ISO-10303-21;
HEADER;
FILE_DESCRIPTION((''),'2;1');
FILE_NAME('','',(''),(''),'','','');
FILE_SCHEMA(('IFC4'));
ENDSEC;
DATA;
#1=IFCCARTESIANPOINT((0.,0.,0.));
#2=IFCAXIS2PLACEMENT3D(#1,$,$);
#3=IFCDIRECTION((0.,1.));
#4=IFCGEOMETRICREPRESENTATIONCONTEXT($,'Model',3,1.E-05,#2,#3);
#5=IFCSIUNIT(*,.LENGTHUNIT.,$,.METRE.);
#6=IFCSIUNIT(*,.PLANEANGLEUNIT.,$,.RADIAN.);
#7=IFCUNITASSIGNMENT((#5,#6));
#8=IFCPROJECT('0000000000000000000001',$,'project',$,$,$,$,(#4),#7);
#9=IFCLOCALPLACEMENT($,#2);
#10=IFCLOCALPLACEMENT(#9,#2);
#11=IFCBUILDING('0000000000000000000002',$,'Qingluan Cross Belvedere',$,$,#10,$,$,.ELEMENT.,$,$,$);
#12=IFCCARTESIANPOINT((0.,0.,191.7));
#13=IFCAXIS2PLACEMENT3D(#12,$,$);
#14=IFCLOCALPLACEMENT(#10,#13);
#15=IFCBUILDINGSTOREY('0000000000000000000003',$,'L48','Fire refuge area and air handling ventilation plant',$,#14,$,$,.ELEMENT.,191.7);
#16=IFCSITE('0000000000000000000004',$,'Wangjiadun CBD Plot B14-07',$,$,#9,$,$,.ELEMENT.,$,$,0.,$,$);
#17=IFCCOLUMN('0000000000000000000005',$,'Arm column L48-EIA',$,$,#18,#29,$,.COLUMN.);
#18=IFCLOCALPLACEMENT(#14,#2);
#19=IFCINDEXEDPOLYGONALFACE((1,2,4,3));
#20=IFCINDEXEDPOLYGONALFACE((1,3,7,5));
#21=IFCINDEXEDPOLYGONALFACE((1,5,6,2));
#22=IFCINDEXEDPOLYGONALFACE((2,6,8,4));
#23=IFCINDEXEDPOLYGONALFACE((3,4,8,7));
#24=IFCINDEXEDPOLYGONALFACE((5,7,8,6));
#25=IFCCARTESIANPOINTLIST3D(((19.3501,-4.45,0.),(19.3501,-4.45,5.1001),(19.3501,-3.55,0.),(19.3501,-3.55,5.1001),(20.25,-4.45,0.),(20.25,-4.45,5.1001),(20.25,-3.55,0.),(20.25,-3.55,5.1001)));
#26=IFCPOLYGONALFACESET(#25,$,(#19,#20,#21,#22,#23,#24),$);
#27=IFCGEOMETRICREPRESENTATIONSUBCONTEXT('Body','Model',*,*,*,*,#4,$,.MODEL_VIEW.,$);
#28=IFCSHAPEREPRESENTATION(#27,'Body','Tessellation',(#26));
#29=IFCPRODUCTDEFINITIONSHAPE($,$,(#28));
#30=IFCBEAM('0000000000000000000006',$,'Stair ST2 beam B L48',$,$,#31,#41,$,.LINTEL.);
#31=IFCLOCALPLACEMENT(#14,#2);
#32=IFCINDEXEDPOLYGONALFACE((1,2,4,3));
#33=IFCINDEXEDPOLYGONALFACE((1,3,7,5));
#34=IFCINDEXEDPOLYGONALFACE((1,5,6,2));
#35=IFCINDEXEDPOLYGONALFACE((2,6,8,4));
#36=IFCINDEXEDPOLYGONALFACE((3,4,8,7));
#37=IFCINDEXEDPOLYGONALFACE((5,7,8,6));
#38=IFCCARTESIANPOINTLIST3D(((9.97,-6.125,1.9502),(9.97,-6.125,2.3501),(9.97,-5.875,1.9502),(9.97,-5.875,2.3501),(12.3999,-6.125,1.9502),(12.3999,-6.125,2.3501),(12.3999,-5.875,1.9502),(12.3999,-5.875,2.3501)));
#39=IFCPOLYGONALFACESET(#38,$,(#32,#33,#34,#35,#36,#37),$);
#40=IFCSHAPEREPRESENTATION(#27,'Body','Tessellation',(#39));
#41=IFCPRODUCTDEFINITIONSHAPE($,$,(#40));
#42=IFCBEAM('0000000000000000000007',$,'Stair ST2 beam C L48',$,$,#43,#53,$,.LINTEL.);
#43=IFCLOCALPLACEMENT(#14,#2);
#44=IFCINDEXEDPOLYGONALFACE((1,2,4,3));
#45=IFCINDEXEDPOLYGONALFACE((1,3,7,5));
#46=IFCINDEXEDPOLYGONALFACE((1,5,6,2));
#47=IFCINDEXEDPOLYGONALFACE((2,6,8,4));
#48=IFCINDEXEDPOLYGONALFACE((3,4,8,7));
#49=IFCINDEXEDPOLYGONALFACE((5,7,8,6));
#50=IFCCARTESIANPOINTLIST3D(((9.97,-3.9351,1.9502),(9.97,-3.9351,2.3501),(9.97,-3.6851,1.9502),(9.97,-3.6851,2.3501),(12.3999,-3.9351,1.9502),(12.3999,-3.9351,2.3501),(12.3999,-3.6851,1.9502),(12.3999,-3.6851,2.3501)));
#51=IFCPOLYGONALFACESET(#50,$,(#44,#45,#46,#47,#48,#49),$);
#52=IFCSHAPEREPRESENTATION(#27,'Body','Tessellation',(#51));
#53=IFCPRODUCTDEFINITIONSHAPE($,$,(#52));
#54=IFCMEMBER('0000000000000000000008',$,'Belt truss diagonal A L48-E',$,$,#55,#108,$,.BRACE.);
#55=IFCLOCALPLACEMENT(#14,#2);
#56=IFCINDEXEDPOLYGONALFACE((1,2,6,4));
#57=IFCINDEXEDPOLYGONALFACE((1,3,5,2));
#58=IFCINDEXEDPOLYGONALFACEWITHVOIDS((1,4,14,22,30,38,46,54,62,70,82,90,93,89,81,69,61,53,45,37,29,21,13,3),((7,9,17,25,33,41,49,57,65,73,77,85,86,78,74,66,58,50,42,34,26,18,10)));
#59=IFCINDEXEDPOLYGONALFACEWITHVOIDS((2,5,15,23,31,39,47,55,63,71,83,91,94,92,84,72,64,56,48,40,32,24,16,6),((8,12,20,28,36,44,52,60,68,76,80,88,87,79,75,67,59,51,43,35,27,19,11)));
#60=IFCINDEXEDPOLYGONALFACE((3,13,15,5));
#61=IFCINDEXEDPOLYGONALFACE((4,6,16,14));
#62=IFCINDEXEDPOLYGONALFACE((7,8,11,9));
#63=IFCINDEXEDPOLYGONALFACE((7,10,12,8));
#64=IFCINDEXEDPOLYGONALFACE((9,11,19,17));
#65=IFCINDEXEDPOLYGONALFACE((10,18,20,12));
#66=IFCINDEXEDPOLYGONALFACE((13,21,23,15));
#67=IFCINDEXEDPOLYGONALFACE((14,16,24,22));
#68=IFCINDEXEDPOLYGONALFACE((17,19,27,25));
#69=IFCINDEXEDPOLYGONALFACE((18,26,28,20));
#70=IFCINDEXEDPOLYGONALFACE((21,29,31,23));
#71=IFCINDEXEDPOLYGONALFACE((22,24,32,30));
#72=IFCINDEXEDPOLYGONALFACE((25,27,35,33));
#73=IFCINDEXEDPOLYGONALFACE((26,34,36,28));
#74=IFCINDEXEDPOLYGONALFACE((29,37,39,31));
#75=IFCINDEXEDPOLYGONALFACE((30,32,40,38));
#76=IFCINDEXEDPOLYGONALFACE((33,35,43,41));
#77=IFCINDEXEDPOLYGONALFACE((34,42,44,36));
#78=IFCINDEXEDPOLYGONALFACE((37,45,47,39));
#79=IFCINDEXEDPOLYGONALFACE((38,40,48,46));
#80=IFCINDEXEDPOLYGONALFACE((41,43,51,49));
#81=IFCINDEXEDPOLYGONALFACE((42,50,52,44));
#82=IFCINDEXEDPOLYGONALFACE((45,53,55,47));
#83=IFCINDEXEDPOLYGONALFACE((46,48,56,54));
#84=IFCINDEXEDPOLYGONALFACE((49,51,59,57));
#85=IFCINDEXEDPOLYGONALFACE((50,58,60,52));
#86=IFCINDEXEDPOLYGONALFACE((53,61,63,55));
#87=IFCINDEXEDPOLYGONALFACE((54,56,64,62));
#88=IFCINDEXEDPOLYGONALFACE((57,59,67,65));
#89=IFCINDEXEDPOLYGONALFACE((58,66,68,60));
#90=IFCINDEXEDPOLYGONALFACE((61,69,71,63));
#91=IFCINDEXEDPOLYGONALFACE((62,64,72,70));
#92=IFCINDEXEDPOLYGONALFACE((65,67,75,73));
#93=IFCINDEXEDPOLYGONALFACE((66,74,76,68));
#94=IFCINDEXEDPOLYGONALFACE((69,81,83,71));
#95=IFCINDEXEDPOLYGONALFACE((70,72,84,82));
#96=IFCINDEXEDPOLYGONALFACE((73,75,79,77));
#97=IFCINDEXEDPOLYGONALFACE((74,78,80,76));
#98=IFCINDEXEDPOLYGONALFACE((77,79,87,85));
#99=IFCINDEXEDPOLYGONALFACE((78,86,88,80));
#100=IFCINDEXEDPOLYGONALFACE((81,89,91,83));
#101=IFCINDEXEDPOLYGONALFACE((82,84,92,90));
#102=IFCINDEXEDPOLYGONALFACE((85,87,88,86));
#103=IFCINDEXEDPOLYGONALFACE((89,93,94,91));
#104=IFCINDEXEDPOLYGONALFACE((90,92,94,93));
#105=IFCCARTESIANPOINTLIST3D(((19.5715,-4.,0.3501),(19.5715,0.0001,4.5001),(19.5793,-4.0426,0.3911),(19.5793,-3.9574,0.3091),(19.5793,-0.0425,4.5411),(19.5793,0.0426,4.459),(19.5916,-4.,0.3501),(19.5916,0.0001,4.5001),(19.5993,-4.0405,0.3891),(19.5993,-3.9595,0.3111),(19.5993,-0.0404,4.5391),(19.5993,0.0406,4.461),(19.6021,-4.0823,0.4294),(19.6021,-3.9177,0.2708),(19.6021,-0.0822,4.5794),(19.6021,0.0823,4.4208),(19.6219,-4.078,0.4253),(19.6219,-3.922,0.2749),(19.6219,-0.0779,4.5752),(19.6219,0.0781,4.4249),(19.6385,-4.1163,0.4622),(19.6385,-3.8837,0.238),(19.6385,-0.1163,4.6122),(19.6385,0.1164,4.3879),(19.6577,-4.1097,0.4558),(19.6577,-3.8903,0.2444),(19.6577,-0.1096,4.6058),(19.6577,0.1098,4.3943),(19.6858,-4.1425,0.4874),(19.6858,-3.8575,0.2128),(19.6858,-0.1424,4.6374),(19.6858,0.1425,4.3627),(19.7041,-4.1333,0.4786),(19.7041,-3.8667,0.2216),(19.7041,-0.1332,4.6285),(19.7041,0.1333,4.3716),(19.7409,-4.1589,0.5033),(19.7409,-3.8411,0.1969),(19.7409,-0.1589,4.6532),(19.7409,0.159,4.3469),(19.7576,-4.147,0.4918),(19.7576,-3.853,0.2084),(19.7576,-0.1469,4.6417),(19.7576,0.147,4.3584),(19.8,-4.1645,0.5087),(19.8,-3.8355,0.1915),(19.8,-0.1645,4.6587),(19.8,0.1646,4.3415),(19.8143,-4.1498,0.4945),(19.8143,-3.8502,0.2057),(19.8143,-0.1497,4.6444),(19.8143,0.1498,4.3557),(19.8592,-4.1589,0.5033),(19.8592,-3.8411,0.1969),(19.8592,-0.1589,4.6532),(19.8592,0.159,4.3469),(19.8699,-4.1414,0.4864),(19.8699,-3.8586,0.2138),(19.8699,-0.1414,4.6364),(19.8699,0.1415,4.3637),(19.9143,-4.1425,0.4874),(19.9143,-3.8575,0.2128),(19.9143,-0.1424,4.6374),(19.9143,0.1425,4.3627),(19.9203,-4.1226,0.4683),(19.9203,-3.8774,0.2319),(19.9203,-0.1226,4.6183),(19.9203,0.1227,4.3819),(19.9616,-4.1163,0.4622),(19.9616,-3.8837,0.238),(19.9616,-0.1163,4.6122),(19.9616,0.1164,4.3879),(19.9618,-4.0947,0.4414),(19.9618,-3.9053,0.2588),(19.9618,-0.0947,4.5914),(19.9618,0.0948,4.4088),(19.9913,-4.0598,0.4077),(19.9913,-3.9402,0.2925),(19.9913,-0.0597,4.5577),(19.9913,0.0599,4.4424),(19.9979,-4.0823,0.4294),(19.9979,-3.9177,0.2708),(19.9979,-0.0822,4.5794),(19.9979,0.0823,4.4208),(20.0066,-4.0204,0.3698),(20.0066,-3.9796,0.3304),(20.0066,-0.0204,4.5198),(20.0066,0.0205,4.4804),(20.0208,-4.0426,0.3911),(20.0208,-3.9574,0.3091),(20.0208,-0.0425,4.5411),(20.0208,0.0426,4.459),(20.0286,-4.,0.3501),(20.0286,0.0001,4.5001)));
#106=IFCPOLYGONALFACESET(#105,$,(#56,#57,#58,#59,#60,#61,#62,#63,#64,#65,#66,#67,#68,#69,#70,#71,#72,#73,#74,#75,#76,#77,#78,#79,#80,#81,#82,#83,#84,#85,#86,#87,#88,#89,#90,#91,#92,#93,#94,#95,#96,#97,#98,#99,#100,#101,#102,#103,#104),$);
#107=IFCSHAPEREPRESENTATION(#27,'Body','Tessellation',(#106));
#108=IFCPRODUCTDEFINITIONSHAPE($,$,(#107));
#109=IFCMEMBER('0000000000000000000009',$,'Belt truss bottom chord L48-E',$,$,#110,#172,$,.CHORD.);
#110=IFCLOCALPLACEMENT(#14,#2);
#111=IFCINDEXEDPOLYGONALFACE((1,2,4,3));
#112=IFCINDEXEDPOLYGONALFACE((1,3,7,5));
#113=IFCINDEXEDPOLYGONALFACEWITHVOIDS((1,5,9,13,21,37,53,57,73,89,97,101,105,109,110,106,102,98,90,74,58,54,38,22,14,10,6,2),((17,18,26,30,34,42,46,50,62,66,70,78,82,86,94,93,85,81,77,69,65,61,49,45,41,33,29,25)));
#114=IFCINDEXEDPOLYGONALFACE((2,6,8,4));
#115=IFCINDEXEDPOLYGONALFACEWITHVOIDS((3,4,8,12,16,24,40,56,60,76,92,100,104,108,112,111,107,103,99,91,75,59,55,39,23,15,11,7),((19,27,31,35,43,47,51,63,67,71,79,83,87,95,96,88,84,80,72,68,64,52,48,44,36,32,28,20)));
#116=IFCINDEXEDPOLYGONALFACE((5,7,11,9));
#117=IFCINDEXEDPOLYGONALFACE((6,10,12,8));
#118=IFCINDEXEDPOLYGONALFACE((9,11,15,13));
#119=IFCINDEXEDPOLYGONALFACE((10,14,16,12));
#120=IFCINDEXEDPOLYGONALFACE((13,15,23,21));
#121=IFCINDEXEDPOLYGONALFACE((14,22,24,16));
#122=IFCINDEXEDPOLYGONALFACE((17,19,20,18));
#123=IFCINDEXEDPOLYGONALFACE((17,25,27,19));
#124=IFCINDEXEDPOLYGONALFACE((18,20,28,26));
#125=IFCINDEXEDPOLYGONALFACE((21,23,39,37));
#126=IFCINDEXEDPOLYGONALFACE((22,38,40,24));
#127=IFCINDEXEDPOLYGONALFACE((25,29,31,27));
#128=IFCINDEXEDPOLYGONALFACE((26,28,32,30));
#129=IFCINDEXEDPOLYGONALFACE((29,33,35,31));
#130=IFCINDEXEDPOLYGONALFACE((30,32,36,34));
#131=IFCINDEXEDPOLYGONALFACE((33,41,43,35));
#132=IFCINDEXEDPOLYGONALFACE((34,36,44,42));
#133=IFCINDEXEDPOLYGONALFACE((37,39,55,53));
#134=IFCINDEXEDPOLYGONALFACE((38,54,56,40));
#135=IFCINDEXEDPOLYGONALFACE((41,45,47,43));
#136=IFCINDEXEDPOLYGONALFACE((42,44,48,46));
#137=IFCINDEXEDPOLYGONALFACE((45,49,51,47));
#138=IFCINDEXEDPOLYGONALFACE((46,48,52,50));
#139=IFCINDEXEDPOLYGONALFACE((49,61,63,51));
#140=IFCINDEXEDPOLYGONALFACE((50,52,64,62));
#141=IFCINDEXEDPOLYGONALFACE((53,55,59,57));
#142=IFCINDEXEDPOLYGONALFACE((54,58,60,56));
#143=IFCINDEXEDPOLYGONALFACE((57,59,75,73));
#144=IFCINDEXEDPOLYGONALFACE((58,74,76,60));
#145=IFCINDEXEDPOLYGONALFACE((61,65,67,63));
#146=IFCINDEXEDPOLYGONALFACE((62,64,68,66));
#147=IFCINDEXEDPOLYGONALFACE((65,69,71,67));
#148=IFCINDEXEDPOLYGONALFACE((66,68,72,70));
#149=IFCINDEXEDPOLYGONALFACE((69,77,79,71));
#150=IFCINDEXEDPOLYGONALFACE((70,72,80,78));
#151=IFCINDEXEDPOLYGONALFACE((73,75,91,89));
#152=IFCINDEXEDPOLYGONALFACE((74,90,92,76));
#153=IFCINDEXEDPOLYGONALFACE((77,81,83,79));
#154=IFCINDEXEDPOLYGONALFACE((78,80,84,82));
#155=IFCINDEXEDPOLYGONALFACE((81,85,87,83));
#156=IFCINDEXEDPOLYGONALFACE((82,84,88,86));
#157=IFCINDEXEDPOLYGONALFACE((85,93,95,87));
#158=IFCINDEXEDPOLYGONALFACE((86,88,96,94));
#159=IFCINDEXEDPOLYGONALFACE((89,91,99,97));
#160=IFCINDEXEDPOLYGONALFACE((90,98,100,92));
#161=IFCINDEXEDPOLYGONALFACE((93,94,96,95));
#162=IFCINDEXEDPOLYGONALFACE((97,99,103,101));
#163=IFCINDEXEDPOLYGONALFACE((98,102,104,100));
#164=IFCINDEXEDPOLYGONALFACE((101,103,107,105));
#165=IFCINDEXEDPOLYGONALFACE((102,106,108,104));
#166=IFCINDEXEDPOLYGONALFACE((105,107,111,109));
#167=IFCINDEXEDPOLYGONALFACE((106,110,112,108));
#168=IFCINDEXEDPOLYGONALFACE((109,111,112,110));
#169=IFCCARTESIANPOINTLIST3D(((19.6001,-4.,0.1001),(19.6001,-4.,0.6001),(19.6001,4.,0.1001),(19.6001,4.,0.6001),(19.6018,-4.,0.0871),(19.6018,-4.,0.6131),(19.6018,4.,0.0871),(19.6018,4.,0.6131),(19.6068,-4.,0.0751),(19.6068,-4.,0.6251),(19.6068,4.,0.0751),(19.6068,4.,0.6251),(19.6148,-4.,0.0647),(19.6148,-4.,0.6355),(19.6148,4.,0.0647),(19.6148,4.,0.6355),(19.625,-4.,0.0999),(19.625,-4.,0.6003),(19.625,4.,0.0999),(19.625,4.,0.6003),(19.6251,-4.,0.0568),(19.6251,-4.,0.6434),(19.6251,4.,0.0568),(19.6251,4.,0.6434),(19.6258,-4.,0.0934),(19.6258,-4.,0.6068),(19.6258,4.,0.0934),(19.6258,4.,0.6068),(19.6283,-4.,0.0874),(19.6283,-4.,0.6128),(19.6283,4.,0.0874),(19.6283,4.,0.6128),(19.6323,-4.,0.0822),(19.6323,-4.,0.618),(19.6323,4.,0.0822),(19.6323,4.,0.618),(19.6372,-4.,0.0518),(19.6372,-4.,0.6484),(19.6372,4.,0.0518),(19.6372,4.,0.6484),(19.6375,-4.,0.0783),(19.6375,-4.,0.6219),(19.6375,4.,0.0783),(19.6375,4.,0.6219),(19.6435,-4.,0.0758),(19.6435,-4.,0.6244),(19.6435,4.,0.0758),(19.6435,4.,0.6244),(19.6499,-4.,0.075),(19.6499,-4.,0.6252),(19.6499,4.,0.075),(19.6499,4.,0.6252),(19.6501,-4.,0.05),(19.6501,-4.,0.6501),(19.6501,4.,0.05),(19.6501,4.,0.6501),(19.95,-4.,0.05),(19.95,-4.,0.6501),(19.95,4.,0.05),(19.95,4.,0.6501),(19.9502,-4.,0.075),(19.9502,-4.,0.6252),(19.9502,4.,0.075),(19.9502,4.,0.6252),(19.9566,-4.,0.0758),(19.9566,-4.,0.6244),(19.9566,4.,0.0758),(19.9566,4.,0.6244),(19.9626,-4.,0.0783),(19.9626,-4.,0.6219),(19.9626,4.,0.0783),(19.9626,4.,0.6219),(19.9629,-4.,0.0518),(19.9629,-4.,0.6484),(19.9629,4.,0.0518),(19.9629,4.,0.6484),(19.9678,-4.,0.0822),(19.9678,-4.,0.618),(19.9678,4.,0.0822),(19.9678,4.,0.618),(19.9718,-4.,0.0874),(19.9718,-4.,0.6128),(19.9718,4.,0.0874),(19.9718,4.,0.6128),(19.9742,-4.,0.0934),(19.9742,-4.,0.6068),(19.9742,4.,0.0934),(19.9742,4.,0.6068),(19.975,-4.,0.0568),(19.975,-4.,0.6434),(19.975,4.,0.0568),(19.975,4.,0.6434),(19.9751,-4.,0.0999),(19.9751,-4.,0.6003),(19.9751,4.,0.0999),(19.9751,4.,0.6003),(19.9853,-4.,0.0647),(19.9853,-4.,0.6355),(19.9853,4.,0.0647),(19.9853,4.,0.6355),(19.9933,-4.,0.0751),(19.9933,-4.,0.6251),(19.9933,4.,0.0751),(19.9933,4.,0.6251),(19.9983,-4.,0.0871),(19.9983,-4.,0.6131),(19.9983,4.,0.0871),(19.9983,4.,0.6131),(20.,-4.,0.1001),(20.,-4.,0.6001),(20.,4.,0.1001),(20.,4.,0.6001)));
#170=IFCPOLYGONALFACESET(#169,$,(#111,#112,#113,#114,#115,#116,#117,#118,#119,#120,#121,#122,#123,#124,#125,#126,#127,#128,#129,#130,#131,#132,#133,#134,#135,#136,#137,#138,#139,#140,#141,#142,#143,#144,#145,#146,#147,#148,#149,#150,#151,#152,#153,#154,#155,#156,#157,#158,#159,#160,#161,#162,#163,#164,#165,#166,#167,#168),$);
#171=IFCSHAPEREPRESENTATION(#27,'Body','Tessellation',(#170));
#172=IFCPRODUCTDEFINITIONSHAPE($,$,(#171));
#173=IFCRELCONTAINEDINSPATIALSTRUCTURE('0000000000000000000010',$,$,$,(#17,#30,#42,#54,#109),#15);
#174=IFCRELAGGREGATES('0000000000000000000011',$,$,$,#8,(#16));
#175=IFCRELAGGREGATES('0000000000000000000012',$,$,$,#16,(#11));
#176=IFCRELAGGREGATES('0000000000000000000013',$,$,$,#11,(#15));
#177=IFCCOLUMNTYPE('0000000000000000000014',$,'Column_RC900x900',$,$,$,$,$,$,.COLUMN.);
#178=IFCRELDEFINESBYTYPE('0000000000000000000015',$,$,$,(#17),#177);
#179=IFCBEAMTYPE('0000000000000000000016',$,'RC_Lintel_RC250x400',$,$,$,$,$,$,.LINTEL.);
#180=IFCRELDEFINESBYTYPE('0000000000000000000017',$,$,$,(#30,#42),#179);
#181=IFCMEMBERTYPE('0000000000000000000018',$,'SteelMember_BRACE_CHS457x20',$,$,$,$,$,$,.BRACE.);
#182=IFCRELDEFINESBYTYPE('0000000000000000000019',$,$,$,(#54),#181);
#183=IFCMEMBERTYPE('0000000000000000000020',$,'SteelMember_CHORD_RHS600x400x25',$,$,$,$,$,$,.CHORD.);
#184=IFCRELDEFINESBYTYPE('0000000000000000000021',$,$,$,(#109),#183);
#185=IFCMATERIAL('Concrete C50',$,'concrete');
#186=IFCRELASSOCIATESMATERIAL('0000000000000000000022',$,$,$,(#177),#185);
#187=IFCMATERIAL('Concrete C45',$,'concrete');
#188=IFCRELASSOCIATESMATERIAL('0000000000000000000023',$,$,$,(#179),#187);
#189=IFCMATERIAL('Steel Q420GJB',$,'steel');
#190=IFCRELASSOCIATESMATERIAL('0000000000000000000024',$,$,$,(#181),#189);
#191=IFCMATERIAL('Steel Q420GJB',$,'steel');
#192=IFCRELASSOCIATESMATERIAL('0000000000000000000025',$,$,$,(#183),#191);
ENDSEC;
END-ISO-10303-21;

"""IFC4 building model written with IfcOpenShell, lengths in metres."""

from ifc_helpers import new_model, si_unit, direction, frame, origin, origin_2d, place, context, subcontext, project, spatial, rectangle, hollow_rectangle, hollow_circle, extrude, material, material_profile, profile_set, type_object, element, save


model = new_model("IFC4")

# Units and contexts
model_context = context("Model", 3, precision=1e-05, world=origin(), true_north=direction((0.0, 1.0)))
body_context = subcontext(model_context, "Body", "Model", "MODEL_VIEW")
ifc_project = project(units=[si_unit("LENGTHUNIT", "METRE"), si_unit("PLANEANGLEUNIT", "RADIAN")], contexts=[model_context])

# Site, building, storey
site_placement = place(None, origin())
site = spatial("IfcSite", under=ifc_project, at=site_placement, Name="Wangjiadun CBD Plot B14-07", CompositionType="ELEMENT", RefElevation=0.0)
building_placement = place(site_placement, origin())
building = spatial("IfcBuilding", under=site, at=building_placement, Name="Qingluan Cross Belvedere", CompositionType="ELEMENT")
storey_placement = place(building_placement, frame((0.0, 0.0, 191.7)))
storey = spatial("IfcBuildingStorey", under=building, at=storey_placement, Name="L48", Description="Fire refuge area and air handling ventilation plant", CompositionType="ELEMENT", Elevation=191.7)

# Column
ifc_material_1 = material(Name="Concrete C50", Category="concrete")
ifc_material_profile_1 = material_profile(ifc_material_1, rectangle(XDim=0.8999, YDim=0.8999, at=origin_2d()), Name="RC900x900")
ifc_profile_set_1 = profile_set([ifc_material_profile_1], Name="Concrete C50")
column_type = type_object("IfcColumnType", Name="Column_RC900x900", PredefinedType="COLUMN", material=ifc_profile_set_1)
column_placement = place(storey_placement, frame((19.8, -4.0, 0.0), z_axis=(0.0, 0.0, 1.0), x_axis=(1.0, 0.0, 0.0)))
element("IfcColumn", 1, at=column_placement, inside=storey, type_object=column_type, Name="Arm column L48-EIA", PredefinedType="COLUMN", context=body_context, shape_type="SweptSolid", body=[
    extrude(rectangle(XDim=0.8999, YDim=0.8999, at=origin_2d()), origin(), (0.0, 0.0, 1.0), 5.1001),
])

# Beams
ifc_material_2 = material(Name="Concrete C45", Category="concrete")
ifc_material_profile_2 = material_profile(ifc_material_2, rectangle(XDim=0.25, YDim=0.3999, at=origin_2d()), Name="RC250x400")
ifc_profile_set_2 = profile_set([ifc_material_profile_2], Name="Concrete C45")
beam_type_1 = type_object("IfcBeamType", Name="RC_Lintel_RC250x400", PredefinedType="LINTEL", material=ifc_profile_set_2)
for number, where, z_axis, x_axis, name in (
    (2, (12.3999, -6.0, 2.1501), (-1.0, 0.0, 0.0), (0.0, -1.0, 0.0), "Stair ST2 beam B L48"),
    (3, (12.3999, -3.8101, 2.1501), (-1.0, 0.0, 0.0), (0.0, -1.0, 0.0), "Stair ST2 beam C L48"),
):
    element("IfcBeam", number, at=place(storey_placement, frame(where, z_axis=z_axis, x_axis=x_axis)), inside=storey, type_object=beam_type_1, Name=name, PredefinedType="LINTEL", context=body_context, shape_type="SweptSolid", body=[
        extrude(rectangle(XDim=0.25, YDim=0.3999, at=origin_2d()), origin(), (0.0, 0.0, 1.0), 2.4299),
    ])

# Members
ifc_material_3 = material(Name="Steel Q420GJB", Category="steel")
ifc_material_profile_3 = material_profile(ifc_material_3, hollow_circle(Radius=0.2285, WallThickness=0.02, at=origin_2d()), Name="CHS457x20")
ifc_profile_set_3 = profile_set([ifc_material_profile_3], Name="Steel Q420GJB")
member_type_1 = type_object("IfcMemberType", Name="SteelMember_BRACE_CHS457x20", PredefinedType="BRACE", material=ifc_profile_set_3)
member_placement = place(storey_placement, frame((19.8, -4.0, 0.3501), z_axis=(0.0, 0.693983, 0.719991), x_axis=(-1.0, 0.0, 0.0)))
element("IfcMember", 4, at=member_placement, inside=storey, type_object=member_type_1, Name="Belt truss diagonal A L48-E", PredefinedType="BRACE", context=body_context, shape_type="SweptSolid", body=[
    extrude(hollow_circle(Radius=0.2285, WallThickness=0.02, at=origin_2d()), origin(), (0.0, 0.0, 1.0), 5.7639),
])
ifc_material_4 = material(Name="Steel Q420GJB", Category="steel")
ifc_material_profile_4 = material_profile(ifc_material_4, hollow_rectangle(XDim=0.3999, YDim=0.6001, WallThickness=0.0249, InnerFilletRadius=0.0249, OuterFilletRadius=0.05, at=origin_2d()), Name="RHS600x400x25")
ifc_profile_set_4 = profile_set([ifc_material_profile_4], Name="Steel Q420GJB")
member_type_2 = type_object("IfcMemberType", Name="SteelMember_CHORD_RHS600x400x25", PredefinedType="CHORD", material=ifc_profile_set_4)
for number, where, z_axis, x_axis, name in (
    (5, (19.8, -4.0, 0.3501), (0.0, 1.0, 0.0), (-1.0, 0.0, 0.0), "Belt truss bottom chord L48-E"),
):
    element("IfcMember", number, at=place(storey_placement, frame(where, z_axis=z_axis, x_axis=x_axis)), inside=storey, type_object=member_type_2, Name=name, PredefinedType="CHORD", context=body_context, shape_type="SweptSolid", body=[
        extrude(hollow_rectangle(XDim=0.3999, YDim=0.6001, WallThickness=0.0249, InnerFilletRadius=0.0249, OuterFilletRadius=0.05, at=origin_2d()), origin(), (0.0, 0.0, 1.0), 8.0),
    ])

save(model, "model.ifc")
